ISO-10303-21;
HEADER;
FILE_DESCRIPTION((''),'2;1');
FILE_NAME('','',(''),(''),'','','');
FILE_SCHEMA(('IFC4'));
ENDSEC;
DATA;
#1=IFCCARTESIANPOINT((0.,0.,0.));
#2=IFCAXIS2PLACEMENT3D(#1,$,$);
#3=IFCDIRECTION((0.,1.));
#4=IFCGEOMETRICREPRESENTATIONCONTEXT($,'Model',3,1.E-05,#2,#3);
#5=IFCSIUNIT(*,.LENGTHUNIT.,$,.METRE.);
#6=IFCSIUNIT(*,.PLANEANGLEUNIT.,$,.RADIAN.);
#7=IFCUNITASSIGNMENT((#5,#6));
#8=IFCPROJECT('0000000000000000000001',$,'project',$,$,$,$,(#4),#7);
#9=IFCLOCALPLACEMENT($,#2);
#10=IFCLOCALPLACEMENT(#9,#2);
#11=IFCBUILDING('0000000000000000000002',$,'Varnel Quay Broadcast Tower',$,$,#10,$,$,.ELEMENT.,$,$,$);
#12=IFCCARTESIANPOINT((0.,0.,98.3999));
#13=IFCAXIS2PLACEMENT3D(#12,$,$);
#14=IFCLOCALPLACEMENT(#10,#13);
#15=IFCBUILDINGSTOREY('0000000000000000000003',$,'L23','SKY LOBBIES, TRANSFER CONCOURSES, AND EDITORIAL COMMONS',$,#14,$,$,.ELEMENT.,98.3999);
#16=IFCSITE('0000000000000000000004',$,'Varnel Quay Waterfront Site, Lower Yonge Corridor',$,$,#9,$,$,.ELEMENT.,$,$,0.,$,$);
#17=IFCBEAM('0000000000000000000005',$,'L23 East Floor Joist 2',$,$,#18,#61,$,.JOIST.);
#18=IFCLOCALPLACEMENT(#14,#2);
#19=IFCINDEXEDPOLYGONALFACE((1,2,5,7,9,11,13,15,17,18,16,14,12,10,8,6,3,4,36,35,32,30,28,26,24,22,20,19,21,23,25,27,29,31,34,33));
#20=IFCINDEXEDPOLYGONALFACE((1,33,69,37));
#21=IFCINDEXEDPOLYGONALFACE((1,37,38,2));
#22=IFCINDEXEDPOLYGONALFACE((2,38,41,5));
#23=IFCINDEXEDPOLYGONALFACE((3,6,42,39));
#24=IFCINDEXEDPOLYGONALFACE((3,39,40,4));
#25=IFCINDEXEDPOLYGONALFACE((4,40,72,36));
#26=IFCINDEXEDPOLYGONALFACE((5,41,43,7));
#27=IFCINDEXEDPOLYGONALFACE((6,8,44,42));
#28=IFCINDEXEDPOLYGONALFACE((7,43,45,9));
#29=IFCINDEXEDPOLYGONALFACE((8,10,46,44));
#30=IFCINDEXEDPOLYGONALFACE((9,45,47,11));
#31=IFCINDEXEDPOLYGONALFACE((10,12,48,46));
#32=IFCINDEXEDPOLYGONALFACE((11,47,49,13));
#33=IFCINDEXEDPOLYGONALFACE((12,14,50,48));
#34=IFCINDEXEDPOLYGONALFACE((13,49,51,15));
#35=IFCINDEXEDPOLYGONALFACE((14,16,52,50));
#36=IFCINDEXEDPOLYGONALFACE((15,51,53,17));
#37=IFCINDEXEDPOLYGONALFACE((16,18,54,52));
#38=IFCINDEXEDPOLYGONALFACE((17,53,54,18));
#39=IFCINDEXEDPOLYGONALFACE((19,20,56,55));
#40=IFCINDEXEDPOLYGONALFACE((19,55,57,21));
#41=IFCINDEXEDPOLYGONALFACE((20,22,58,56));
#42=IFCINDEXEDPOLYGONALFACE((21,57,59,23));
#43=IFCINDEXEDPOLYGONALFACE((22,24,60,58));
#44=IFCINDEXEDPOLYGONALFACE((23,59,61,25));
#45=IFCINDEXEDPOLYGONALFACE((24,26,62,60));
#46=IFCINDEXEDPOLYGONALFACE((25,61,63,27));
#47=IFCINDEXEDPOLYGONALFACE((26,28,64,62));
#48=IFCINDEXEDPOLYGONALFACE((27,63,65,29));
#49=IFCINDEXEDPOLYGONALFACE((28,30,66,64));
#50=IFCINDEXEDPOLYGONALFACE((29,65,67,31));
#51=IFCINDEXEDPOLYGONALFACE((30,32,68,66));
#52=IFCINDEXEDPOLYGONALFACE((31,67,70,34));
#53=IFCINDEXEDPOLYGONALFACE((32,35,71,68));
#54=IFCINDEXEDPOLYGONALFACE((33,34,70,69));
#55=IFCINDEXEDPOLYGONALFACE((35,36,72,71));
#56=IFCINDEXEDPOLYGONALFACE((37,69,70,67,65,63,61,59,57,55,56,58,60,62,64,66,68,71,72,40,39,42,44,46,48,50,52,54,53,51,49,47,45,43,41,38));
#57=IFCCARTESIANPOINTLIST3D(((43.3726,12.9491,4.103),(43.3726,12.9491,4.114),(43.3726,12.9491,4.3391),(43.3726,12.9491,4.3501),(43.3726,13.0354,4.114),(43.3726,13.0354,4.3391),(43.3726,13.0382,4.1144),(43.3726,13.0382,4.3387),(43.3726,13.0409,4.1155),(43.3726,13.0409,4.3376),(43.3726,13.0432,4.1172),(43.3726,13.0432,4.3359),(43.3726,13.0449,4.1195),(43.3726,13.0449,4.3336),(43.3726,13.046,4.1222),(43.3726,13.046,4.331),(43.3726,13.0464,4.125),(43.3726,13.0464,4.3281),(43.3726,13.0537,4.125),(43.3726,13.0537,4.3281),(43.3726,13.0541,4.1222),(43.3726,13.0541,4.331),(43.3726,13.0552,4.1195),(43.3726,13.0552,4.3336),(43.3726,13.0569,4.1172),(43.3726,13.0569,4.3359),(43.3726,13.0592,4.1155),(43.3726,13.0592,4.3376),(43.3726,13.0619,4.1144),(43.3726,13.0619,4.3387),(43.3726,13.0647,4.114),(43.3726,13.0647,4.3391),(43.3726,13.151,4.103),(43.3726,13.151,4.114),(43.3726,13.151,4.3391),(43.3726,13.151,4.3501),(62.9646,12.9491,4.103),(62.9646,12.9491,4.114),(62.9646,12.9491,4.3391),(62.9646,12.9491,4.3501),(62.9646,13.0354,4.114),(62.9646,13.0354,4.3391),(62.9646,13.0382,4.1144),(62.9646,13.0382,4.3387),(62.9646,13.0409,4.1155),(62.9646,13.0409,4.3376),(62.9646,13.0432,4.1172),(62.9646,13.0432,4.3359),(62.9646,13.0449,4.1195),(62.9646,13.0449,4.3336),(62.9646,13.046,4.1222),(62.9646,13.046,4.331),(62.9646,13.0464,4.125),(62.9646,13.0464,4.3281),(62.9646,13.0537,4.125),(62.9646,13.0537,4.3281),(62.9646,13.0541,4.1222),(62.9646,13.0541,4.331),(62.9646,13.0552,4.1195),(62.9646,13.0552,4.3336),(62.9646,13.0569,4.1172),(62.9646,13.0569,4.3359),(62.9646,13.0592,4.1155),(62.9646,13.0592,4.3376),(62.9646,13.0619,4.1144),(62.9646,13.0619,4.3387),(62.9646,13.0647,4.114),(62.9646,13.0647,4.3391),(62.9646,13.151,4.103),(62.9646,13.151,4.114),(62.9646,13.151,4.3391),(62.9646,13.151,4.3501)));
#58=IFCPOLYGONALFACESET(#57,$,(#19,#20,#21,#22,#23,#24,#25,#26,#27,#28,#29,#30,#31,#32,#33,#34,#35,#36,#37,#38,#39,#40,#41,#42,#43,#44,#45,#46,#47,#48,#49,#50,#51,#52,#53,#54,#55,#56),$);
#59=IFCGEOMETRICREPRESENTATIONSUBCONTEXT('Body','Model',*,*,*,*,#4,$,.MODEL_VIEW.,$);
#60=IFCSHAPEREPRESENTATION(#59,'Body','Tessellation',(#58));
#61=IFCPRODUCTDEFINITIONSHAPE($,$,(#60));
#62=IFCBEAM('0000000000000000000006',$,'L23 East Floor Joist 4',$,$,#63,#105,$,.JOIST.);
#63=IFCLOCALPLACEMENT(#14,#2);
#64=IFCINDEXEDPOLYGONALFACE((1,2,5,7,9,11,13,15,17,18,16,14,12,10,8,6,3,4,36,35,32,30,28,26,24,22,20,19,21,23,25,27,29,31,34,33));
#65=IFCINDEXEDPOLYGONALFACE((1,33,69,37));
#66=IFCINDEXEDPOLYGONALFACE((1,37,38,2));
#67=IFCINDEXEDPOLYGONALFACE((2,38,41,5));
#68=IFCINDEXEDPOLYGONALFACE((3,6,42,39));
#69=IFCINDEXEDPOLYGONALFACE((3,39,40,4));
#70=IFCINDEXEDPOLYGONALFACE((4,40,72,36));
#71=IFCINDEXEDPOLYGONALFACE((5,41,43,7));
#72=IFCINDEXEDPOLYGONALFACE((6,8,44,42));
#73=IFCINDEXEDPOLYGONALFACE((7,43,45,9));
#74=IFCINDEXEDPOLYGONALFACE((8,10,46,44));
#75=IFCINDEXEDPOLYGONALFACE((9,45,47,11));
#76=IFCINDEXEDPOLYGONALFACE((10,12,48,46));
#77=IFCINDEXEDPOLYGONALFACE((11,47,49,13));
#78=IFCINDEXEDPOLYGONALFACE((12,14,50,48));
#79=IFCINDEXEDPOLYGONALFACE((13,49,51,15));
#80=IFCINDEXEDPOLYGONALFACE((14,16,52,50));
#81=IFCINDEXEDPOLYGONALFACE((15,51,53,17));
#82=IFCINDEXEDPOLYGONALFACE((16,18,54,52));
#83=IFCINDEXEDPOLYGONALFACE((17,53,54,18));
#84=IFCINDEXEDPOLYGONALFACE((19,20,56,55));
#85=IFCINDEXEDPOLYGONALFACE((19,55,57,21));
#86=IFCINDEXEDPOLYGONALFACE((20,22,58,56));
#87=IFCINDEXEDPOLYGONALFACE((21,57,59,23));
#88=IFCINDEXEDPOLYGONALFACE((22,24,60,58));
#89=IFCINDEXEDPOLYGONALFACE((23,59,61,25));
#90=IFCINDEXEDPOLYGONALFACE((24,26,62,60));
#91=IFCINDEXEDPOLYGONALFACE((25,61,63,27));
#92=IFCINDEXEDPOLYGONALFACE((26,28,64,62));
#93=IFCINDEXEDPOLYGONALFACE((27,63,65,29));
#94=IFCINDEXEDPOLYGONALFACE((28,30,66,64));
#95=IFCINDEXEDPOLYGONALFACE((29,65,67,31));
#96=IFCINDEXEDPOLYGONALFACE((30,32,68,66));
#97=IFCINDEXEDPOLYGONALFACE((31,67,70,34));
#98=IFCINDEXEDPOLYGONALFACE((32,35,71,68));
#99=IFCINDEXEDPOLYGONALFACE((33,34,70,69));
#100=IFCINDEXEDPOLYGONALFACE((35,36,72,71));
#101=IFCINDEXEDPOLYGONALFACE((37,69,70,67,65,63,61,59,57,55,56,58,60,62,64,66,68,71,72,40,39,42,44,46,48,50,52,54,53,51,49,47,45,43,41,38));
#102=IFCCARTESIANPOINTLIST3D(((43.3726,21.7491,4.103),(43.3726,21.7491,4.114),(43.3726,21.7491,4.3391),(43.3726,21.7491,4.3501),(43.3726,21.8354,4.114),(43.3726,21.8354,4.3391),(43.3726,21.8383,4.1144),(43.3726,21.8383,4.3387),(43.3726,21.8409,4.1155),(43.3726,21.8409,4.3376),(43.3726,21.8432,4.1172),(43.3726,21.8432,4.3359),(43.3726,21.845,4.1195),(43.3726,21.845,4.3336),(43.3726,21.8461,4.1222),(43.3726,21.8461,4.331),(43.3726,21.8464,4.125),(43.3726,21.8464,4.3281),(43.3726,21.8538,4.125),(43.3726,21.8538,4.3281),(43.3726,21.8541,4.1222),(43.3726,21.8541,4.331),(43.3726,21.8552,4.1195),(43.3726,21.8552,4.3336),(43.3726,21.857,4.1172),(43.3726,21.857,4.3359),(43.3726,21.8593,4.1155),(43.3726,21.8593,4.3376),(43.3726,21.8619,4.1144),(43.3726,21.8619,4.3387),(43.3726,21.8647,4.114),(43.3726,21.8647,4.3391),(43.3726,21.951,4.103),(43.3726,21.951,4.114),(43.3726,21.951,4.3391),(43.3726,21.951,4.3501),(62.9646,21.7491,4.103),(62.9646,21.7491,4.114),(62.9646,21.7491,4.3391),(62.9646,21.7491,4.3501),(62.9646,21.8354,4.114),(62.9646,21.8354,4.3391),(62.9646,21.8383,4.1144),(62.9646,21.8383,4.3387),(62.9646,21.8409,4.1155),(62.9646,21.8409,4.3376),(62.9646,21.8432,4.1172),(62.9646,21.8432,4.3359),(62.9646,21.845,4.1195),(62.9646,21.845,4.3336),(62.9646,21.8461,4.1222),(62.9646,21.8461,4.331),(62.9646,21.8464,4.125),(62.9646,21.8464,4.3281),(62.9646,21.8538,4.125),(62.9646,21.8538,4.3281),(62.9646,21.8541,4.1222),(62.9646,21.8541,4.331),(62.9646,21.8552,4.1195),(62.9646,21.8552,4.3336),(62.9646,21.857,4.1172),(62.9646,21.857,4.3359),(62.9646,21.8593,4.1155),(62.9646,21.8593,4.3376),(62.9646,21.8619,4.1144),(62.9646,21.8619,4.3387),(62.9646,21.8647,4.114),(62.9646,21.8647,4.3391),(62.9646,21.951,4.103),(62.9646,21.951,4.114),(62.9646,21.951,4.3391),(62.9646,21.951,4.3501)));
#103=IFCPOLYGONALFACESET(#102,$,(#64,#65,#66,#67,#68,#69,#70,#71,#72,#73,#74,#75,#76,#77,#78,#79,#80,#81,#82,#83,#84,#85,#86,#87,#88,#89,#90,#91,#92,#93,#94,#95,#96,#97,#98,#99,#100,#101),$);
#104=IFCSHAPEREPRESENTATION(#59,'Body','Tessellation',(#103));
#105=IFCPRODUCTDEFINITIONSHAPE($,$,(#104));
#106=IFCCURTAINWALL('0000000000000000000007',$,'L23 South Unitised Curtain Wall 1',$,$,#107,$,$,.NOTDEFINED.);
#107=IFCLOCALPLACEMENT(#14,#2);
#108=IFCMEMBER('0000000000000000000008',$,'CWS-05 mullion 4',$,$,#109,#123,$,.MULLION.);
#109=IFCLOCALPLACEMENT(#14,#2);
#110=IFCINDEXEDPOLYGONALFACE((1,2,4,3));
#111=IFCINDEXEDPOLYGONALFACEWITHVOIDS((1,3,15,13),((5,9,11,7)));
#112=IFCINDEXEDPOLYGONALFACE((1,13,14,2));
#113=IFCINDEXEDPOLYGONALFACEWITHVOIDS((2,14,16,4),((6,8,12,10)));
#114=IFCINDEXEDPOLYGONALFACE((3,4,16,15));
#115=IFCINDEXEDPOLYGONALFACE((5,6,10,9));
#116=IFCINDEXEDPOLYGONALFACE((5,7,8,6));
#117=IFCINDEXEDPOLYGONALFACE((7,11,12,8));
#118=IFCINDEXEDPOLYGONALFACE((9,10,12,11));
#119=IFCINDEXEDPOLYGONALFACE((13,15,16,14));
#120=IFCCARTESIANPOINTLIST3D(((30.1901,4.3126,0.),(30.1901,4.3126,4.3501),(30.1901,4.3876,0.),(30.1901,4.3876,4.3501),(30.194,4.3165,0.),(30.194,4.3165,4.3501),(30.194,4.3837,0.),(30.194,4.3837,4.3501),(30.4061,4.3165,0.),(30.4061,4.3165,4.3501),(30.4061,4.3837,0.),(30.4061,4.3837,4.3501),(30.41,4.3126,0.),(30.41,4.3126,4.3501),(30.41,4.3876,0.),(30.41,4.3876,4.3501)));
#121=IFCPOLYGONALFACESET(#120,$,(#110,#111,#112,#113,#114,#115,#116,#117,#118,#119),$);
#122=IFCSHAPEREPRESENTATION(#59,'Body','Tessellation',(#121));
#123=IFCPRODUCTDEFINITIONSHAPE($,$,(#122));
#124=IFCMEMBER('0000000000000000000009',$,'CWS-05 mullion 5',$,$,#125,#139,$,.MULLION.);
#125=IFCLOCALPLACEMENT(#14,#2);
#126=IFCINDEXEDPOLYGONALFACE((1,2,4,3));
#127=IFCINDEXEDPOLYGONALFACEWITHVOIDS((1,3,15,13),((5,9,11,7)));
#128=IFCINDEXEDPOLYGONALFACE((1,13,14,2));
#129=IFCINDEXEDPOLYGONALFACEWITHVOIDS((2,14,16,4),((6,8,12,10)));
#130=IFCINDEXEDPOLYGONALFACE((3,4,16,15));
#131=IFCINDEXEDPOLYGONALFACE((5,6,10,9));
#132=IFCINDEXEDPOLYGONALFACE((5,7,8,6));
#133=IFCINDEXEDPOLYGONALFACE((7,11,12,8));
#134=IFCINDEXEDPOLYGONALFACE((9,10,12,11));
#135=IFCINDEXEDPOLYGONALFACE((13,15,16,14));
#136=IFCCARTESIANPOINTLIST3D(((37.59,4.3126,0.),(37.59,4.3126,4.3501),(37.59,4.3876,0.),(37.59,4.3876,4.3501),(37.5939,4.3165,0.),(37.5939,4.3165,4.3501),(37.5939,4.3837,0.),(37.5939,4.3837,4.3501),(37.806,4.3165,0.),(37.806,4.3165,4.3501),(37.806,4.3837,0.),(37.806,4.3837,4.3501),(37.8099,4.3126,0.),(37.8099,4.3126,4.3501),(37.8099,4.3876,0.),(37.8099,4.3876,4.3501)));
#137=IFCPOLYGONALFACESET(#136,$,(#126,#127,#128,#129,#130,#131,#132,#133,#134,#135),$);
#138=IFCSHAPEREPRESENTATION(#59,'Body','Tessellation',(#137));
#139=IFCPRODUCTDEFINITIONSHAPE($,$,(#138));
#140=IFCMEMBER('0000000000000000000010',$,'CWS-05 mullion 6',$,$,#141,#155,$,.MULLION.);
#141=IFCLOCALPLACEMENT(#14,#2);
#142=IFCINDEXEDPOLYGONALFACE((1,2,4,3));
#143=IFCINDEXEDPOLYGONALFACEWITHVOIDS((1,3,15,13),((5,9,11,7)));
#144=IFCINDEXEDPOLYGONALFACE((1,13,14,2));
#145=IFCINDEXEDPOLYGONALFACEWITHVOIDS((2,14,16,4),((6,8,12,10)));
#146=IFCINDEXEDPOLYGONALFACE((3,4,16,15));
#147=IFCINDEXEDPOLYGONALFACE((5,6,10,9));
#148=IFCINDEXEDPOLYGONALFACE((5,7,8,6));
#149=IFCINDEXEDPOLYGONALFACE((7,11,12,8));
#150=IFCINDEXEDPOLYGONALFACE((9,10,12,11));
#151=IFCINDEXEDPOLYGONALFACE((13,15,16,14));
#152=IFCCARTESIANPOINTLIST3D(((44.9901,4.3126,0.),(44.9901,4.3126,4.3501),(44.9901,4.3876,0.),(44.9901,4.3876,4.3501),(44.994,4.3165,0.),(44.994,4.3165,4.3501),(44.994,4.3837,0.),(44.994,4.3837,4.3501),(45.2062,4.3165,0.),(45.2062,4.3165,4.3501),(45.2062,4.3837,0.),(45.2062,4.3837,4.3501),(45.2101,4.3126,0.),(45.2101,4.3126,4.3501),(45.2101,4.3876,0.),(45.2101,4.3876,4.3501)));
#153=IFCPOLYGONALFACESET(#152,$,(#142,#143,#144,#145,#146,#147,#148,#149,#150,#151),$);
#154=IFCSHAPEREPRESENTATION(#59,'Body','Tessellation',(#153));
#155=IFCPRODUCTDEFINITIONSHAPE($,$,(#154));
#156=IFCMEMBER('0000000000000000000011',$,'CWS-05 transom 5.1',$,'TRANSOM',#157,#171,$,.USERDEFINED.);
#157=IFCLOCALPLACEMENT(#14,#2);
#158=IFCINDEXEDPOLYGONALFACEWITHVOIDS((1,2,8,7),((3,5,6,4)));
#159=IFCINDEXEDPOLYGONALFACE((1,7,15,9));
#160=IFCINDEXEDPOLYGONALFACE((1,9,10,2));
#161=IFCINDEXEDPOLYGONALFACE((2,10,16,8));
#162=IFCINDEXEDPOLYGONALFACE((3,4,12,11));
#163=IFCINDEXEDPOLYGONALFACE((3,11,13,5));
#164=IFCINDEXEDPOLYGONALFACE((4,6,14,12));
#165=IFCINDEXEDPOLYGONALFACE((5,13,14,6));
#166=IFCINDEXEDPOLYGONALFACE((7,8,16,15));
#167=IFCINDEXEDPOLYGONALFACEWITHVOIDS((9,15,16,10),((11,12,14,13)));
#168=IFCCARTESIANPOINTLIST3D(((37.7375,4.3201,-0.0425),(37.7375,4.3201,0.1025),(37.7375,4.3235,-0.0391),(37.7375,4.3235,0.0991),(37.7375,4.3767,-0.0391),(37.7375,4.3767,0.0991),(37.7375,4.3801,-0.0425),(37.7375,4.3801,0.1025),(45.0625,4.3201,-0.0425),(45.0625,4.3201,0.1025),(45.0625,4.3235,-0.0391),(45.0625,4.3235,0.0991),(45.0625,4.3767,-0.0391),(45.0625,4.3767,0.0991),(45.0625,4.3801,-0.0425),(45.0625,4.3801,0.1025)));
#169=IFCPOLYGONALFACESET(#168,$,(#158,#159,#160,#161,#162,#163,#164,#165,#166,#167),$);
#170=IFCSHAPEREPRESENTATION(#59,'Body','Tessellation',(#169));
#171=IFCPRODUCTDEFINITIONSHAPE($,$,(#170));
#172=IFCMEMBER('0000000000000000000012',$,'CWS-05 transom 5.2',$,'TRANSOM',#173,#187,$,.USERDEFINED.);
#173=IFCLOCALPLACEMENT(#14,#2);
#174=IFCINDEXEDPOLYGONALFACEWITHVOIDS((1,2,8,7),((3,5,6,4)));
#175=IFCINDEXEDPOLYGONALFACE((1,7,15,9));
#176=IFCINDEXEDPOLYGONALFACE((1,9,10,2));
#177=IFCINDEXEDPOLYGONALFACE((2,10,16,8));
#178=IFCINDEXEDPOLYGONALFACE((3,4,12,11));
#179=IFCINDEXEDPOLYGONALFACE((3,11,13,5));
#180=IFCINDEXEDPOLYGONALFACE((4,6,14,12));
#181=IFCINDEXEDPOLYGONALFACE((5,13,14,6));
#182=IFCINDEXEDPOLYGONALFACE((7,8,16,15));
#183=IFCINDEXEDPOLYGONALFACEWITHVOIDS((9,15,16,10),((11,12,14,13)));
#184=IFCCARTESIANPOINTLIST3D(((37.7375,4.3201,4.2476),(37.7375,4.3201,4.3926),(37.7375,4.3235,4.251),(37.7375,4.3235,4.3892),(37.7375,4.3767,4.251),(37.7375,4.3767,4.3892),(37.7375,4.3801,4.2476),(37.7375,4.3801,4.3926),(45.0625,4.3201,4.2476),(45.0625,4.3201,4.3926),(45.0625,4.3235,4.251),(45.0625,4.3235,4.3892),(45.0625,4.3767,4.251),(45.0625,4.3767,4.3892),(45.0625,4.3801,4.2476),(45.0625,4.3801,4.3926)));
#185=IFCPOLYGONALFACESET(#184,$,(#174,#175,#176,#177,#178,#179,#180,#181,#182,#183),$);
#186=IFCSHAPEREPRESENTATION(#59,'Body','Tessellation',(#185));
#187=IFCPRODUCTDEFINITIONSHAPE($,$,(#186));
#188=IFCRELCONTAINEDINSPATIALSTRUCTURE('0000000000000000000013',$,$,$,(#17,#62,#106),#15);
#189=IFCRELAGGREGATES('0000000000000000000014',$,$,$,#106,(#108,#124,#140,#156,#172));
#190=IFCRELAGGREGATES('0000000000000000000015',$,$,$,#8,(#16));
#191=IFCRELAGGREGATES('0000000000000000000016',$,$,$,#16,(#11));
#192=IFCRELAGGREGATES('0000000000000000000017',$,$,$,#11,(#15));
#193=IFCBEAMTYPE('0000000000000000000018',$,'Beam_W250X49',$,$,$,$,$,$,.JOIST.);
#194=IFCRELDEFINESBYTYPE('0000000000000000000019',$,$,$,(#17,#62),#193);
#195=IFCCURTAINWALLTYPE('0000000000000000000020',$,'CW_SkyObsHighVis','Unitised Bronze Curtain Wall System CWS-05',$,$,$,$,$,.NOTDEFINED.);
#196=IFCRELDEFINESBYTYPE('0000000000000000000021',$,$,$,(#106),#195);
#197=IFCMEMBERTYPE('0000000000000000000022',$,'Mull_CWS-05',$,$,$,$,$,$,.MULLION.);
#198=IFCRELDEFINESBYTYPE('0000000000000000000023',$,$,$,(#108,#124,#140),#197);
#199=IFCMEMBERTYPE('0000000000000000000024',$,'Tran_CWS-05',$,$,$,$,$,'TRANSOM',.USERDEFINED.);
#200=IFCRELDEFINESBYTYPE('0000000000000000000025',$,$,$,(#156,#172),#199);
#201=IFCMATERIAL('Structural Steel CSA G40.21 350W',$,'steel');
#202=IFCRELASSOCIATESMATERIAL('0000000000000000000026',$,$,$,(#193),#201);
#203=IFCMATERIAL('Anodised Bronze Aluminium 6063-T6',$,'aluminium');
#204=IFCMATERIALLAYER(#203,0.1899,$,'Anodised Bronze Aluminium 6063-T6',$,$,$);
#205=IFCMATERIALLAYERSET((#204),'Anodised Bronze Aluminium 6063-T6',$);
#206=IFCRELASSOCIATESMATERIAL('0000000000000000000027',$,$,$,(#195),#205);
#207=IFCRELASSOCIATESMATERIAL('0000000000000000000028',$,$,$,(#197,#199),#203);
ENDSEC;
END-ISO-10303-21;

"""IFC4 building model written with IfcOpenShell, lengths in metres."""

from ifc_helpers import new_model, si_unit, direction, frame, origin, origin_2d, place, context, subcontext, project, spatial, hollow_rectangle, i_section, extrude, source, transform, mapped, material, layer, layer_set, material_profile, profile_set, type_object, type_shapes, element, aggregate, save


model = new_model("IFC4")

# Units and contexts
model_context = context("Model", 3, precision=1e-05, world=origin(), true_north=direction((0.0, 1.0)))
body_context = subcontext(model_context, "Body", "Model", "MODEL_VIEW")
ifc_project = project(units=[si_unit("LENGTHUNIT", "METRE"), si_unit("PLANEANGLEUNIT", "RADIAN")], contexts=[model_context])

# Site, building, storey
site_placement = place(None, origin())
site = spatial("IfcSite", under=ifc_project, at=site_placement, Name="Varnel Quay Waterfront Site, Lower Yonge Corridor", CompositionType="ELEMENT", RefElevation=0.0)
building_placement = place(site_placement, origin())
building = spatial("IfcBuilding", under=site, at=building_placement, Name="Varnel Quay Broadcast Tower", CompositionType="ELEMENT")
storey_placement = place(building_placement, frame((0.0, 0.0, 98.3999)))
storey = spatial("IfcBuildingStorey", under=building, at=storey_placement, Name="L23", Description="SKY LOBBIES, TRANSFER CONCOURSES, AND EDITORIAL COMMONS", CompositionType="ELEMENT", Elevation=98.3999)

# Shared definitions
ifc_material_1 = material(Name="Structural Steel CSA G40.21 350W", Category="steel")

# Beams
ifc_material_profile_1 = material_profile(ifc_material_1, i_section(OverallWidth=0.2019, OverallDepth=0.2471, WebThickness=0.0073, FlangeThickness=0.011, FilletRadius=0.011, at=origin_2d()), Name="W250X49")
ifc_profile_set_1 = profile_set([ifc_material_profile_1], Name="Structural Steel CSA G40.21 350W")
beam_type_1 = type_object("IfcBeamType", Name="Beam_W250X49", PredefinedType="JOIST", material=ifc_profile_set_1)
shared_shape_1 = source(origin(), body_context, "Body", "SweptSolid", [
    extrude(i_section(OverallWidth=0.2019, OverallDepth=0.2471, WebThickness=0.0073, FlangeThickness=0.011, FilletRadius=0.011, at=origin_2d()), origin(), (0.0, 0.0, 1.0), 19.592),
])
type_shapes(beam_type_1, [shared_shape_1])
for number, where, z_axis, x_axis, name in (
    (1, (43.3726, 13.05, 4.2266), (1.0, 0.0, 0.0), (0.0, 1.0, 0.0), "L23 East Floor Joist 2"),
    (2, (43.3726, 21.8501, 4.2266), (1.0, 0.0, 0.0), (0.0, 1.0, 0.0), "L23 East Floor Joist 4"),
):
    element("IfcBeam", number, at=place(storey_placement, frame(where, z_axis=z_axis, x_axis=x_axis)), inside=storey, type_object=beam_type_1, Name=name, PredefinedType="JOIST", context=body_context, shape_type="MappedRepresentation", body=[
        mapped(shared_shape_1, transform((0.0, 0.0, 0.0), x_axis=(1.0, 0.0, 0.0), y_axis=(0.0, 1.0, 0.0), z_axis=(0.0, 0.0, 1.0), scale=1.0)),
    ])

# Curtain wall, members
ifc_material_2 = material(Name="Anodised Bronze Aluminium 6063-T6", Category="aluminium")
ifc_layer_1 = layer(ifc_material_2, 0.1899, Name="Anodised Bronze Aluminium 6063-T6")
ifc_layer_set_1 = layer_set([ifc_layer_1], Name="Anodised Bronze Aluminium 6063-T6")
curtain_wall_type = type_object("IfcCurtainWallType", Name="CW_SkyObsHighVis", Description="Unitised Bronze Curtain Wall System CWS-05", PredefinedType="NOTDEFINED", material=ifc_layer_set_1)
curtain_wall_placement = place(storey_placement, origin())
curtain_wall = element("IfcCurtainWall", 3, at=curtain_wall_placement, inside=storey, type_object=curtain_wall_type, Name="L23 South Unitised Curtain Wall 1", PredefinedType="NOTDEFINED")
ifc_material_profile_2 = material_profile(ifc_material_2, hollow_rectangle(XDim=0.075, YDim=0.22, WallThickness=0.0039, at=origin_2d()), Name="ALU75X220X4")
ifc_profile_set_2 = profile_set([ifc_material_profile_2], Name="Anodised Bronze Aluminium 6063-T6")
member_type_1 = type_object("IfcMemberType", Name="Mull_CWS-05", PredefinedType="MULLION", material=ifc_profile_set_2)
shared_shape_2 = source(origin(), body_context, "Body", "SweptSolid", [
    extrude(hollow_rectangle(XDim=0.075, YDim=0.22, WallThickness=0.0039, at=origin_2d()), origin(), (0.0, 0.0, 1.0), 4.3501),
])
type_shapes(member_type_1, [shared_shape_2])
member_1_placement = place(storey_placement, frame((30.3, 4.3501, 0.0), z_axis=(0.0, 0.0, 1.0), x_axis=(0.0, 1.0, 0.0)))
member_1 = element("IfcMember", 4, at=member_1_placement, type_object=member_type_1, Name="CWS-05 mullion 4", PredefinedType="MULLION", context=body_context, shape_type="MappedRepresentation", body=[
    mapped(shared_shape_2, transform((0.0, 0.0, 0.0), x_axis=(1.0, 0.0, 0.0), y_axis=(0.0, 1.0, 0.0), z_axis=(0.0, 0.0, 1.0), scale=1.0)),
])
member_2_placement = place(storey_placement, frame((37.7, 4.3501, 0.0), z_axis=(0.0, 0.0, 1.0), x_axis=(0.0, 1.0, 0.0)))
member_2 = element("IfcMember", 5, at=member_2_placement, type_object=member_type_1, Name="CWS-05 mullion 5", PredefinedType="MULLION", context=body_context, shape_type="MappedRepresentation", body=[
    mapped(shared_shape_2, transform((0.0, 0.0, 0.0), x_axis=(1.0, 0.0, 0.0), y_axis=(0.0, 1.0, 0.0), z_axis=(0.0, 0.0, 1.0), scale=1.0)),
])
member_3_placement = place(storey_placement, frame((45.1001, 4.3501, 0.0), z_axis=(0.0, 0.0, 1.0), x_axis=(0.0, 1.0, 0.0)))
member_3 = element("IfcMember", 6, at=member_3_placement, type_object=member_type_1, Name="CWS-05 mullion 6", PredefinedType="MULLION", context=body_context, shape_type="MappedRepresentation", body=[
    mapped(shared_shape_2, transform((0.0, 0.0, 0.0), x_axis=(1.0, 0.0, 0.0), y_axis=(0.0, 1.0, 0.0), z_axis=(0.0, 0.0, 1.0), scale=1.0)),
])
ifc_material_profile_3 = material_profile(ifc_material_2, hollow_rectangle(XDim=0.0601, YDim=0.145, WallThickness=0.0034, at=origin_2d()), Name="ALU60X145X3.5")
ifc_profile_set_3 = profile_set([ifc_material_profile_3], Name="Anodised Bronze Aluminium 6063-T6")
member_type_2 = type_object("IfcMemberType", Name="Tran_CWS-05", ElementType="TRANSOM", PredefinedType="USERDEFINED", material=ifc_profile_set_3)
shared_shape_3 = source(origin(), body_context, "Body", "SweptSolid", [
    extrude(hollow_rectangle(XDim=0.0601, YDim=0.145, WallThickness=0.0034, at=origin_2d()), origin(), (0.0, 0.0, 1.0), 7.325),
])
member_4_placement = place(storey_placement, frame((37.7375, 4.3501, 0.03), z_axis=(1.0, 0.0, 0.0), x_axis=(0.0, 1.0, 0.0)))
member_4 = element("IfcMember", 7, at=member_4_placement, type_object=member_type_2, Name="CWS-05 transom 5.1", ObjectType="TRANSOM", PredefinedType="USERDEFINED", context=body_context, shape_type="MappedRepresentation", body=[
    mapped(shared_shape_3, transform((0.0, 0.0, 0.0), x_axis=(1.0, 0.0, 0.0), y_axis=(0.0, 1.0, 0.0), z_axis=(0.0, 0.0, 1.0), scale=1.0)),
])
member_5_placement = place(storey_placement, frame((37.7375, 4.3501, 4.3201), z_axis=(1.0, 0.0, 0.0), x_axis=(0.0, 1.0, 0.0)))
member_5 = element("IfcMember", 8, at=member_5_placement, type_object=member_type_2, Name="CWS-05 transom 5.2", ObjectType="TRANSOM", PredefinedType="USERDEFINED", context=body_context, shape_type="MappedRepresentation", body=[
    mapped(shared_shape_3, transform((0.0, 0.0, 0.0), x_axis=(1.0, 0.0, 0.0), y_axis=(0.0, 1.0, 0.0), z_axis=(0.0, 0.0, 1.0), scale=1.0)),
])
aggregate(curtain_wall, [member_1, member_2, member_3, member_4, member_5])

save(model, "model.ifc")
